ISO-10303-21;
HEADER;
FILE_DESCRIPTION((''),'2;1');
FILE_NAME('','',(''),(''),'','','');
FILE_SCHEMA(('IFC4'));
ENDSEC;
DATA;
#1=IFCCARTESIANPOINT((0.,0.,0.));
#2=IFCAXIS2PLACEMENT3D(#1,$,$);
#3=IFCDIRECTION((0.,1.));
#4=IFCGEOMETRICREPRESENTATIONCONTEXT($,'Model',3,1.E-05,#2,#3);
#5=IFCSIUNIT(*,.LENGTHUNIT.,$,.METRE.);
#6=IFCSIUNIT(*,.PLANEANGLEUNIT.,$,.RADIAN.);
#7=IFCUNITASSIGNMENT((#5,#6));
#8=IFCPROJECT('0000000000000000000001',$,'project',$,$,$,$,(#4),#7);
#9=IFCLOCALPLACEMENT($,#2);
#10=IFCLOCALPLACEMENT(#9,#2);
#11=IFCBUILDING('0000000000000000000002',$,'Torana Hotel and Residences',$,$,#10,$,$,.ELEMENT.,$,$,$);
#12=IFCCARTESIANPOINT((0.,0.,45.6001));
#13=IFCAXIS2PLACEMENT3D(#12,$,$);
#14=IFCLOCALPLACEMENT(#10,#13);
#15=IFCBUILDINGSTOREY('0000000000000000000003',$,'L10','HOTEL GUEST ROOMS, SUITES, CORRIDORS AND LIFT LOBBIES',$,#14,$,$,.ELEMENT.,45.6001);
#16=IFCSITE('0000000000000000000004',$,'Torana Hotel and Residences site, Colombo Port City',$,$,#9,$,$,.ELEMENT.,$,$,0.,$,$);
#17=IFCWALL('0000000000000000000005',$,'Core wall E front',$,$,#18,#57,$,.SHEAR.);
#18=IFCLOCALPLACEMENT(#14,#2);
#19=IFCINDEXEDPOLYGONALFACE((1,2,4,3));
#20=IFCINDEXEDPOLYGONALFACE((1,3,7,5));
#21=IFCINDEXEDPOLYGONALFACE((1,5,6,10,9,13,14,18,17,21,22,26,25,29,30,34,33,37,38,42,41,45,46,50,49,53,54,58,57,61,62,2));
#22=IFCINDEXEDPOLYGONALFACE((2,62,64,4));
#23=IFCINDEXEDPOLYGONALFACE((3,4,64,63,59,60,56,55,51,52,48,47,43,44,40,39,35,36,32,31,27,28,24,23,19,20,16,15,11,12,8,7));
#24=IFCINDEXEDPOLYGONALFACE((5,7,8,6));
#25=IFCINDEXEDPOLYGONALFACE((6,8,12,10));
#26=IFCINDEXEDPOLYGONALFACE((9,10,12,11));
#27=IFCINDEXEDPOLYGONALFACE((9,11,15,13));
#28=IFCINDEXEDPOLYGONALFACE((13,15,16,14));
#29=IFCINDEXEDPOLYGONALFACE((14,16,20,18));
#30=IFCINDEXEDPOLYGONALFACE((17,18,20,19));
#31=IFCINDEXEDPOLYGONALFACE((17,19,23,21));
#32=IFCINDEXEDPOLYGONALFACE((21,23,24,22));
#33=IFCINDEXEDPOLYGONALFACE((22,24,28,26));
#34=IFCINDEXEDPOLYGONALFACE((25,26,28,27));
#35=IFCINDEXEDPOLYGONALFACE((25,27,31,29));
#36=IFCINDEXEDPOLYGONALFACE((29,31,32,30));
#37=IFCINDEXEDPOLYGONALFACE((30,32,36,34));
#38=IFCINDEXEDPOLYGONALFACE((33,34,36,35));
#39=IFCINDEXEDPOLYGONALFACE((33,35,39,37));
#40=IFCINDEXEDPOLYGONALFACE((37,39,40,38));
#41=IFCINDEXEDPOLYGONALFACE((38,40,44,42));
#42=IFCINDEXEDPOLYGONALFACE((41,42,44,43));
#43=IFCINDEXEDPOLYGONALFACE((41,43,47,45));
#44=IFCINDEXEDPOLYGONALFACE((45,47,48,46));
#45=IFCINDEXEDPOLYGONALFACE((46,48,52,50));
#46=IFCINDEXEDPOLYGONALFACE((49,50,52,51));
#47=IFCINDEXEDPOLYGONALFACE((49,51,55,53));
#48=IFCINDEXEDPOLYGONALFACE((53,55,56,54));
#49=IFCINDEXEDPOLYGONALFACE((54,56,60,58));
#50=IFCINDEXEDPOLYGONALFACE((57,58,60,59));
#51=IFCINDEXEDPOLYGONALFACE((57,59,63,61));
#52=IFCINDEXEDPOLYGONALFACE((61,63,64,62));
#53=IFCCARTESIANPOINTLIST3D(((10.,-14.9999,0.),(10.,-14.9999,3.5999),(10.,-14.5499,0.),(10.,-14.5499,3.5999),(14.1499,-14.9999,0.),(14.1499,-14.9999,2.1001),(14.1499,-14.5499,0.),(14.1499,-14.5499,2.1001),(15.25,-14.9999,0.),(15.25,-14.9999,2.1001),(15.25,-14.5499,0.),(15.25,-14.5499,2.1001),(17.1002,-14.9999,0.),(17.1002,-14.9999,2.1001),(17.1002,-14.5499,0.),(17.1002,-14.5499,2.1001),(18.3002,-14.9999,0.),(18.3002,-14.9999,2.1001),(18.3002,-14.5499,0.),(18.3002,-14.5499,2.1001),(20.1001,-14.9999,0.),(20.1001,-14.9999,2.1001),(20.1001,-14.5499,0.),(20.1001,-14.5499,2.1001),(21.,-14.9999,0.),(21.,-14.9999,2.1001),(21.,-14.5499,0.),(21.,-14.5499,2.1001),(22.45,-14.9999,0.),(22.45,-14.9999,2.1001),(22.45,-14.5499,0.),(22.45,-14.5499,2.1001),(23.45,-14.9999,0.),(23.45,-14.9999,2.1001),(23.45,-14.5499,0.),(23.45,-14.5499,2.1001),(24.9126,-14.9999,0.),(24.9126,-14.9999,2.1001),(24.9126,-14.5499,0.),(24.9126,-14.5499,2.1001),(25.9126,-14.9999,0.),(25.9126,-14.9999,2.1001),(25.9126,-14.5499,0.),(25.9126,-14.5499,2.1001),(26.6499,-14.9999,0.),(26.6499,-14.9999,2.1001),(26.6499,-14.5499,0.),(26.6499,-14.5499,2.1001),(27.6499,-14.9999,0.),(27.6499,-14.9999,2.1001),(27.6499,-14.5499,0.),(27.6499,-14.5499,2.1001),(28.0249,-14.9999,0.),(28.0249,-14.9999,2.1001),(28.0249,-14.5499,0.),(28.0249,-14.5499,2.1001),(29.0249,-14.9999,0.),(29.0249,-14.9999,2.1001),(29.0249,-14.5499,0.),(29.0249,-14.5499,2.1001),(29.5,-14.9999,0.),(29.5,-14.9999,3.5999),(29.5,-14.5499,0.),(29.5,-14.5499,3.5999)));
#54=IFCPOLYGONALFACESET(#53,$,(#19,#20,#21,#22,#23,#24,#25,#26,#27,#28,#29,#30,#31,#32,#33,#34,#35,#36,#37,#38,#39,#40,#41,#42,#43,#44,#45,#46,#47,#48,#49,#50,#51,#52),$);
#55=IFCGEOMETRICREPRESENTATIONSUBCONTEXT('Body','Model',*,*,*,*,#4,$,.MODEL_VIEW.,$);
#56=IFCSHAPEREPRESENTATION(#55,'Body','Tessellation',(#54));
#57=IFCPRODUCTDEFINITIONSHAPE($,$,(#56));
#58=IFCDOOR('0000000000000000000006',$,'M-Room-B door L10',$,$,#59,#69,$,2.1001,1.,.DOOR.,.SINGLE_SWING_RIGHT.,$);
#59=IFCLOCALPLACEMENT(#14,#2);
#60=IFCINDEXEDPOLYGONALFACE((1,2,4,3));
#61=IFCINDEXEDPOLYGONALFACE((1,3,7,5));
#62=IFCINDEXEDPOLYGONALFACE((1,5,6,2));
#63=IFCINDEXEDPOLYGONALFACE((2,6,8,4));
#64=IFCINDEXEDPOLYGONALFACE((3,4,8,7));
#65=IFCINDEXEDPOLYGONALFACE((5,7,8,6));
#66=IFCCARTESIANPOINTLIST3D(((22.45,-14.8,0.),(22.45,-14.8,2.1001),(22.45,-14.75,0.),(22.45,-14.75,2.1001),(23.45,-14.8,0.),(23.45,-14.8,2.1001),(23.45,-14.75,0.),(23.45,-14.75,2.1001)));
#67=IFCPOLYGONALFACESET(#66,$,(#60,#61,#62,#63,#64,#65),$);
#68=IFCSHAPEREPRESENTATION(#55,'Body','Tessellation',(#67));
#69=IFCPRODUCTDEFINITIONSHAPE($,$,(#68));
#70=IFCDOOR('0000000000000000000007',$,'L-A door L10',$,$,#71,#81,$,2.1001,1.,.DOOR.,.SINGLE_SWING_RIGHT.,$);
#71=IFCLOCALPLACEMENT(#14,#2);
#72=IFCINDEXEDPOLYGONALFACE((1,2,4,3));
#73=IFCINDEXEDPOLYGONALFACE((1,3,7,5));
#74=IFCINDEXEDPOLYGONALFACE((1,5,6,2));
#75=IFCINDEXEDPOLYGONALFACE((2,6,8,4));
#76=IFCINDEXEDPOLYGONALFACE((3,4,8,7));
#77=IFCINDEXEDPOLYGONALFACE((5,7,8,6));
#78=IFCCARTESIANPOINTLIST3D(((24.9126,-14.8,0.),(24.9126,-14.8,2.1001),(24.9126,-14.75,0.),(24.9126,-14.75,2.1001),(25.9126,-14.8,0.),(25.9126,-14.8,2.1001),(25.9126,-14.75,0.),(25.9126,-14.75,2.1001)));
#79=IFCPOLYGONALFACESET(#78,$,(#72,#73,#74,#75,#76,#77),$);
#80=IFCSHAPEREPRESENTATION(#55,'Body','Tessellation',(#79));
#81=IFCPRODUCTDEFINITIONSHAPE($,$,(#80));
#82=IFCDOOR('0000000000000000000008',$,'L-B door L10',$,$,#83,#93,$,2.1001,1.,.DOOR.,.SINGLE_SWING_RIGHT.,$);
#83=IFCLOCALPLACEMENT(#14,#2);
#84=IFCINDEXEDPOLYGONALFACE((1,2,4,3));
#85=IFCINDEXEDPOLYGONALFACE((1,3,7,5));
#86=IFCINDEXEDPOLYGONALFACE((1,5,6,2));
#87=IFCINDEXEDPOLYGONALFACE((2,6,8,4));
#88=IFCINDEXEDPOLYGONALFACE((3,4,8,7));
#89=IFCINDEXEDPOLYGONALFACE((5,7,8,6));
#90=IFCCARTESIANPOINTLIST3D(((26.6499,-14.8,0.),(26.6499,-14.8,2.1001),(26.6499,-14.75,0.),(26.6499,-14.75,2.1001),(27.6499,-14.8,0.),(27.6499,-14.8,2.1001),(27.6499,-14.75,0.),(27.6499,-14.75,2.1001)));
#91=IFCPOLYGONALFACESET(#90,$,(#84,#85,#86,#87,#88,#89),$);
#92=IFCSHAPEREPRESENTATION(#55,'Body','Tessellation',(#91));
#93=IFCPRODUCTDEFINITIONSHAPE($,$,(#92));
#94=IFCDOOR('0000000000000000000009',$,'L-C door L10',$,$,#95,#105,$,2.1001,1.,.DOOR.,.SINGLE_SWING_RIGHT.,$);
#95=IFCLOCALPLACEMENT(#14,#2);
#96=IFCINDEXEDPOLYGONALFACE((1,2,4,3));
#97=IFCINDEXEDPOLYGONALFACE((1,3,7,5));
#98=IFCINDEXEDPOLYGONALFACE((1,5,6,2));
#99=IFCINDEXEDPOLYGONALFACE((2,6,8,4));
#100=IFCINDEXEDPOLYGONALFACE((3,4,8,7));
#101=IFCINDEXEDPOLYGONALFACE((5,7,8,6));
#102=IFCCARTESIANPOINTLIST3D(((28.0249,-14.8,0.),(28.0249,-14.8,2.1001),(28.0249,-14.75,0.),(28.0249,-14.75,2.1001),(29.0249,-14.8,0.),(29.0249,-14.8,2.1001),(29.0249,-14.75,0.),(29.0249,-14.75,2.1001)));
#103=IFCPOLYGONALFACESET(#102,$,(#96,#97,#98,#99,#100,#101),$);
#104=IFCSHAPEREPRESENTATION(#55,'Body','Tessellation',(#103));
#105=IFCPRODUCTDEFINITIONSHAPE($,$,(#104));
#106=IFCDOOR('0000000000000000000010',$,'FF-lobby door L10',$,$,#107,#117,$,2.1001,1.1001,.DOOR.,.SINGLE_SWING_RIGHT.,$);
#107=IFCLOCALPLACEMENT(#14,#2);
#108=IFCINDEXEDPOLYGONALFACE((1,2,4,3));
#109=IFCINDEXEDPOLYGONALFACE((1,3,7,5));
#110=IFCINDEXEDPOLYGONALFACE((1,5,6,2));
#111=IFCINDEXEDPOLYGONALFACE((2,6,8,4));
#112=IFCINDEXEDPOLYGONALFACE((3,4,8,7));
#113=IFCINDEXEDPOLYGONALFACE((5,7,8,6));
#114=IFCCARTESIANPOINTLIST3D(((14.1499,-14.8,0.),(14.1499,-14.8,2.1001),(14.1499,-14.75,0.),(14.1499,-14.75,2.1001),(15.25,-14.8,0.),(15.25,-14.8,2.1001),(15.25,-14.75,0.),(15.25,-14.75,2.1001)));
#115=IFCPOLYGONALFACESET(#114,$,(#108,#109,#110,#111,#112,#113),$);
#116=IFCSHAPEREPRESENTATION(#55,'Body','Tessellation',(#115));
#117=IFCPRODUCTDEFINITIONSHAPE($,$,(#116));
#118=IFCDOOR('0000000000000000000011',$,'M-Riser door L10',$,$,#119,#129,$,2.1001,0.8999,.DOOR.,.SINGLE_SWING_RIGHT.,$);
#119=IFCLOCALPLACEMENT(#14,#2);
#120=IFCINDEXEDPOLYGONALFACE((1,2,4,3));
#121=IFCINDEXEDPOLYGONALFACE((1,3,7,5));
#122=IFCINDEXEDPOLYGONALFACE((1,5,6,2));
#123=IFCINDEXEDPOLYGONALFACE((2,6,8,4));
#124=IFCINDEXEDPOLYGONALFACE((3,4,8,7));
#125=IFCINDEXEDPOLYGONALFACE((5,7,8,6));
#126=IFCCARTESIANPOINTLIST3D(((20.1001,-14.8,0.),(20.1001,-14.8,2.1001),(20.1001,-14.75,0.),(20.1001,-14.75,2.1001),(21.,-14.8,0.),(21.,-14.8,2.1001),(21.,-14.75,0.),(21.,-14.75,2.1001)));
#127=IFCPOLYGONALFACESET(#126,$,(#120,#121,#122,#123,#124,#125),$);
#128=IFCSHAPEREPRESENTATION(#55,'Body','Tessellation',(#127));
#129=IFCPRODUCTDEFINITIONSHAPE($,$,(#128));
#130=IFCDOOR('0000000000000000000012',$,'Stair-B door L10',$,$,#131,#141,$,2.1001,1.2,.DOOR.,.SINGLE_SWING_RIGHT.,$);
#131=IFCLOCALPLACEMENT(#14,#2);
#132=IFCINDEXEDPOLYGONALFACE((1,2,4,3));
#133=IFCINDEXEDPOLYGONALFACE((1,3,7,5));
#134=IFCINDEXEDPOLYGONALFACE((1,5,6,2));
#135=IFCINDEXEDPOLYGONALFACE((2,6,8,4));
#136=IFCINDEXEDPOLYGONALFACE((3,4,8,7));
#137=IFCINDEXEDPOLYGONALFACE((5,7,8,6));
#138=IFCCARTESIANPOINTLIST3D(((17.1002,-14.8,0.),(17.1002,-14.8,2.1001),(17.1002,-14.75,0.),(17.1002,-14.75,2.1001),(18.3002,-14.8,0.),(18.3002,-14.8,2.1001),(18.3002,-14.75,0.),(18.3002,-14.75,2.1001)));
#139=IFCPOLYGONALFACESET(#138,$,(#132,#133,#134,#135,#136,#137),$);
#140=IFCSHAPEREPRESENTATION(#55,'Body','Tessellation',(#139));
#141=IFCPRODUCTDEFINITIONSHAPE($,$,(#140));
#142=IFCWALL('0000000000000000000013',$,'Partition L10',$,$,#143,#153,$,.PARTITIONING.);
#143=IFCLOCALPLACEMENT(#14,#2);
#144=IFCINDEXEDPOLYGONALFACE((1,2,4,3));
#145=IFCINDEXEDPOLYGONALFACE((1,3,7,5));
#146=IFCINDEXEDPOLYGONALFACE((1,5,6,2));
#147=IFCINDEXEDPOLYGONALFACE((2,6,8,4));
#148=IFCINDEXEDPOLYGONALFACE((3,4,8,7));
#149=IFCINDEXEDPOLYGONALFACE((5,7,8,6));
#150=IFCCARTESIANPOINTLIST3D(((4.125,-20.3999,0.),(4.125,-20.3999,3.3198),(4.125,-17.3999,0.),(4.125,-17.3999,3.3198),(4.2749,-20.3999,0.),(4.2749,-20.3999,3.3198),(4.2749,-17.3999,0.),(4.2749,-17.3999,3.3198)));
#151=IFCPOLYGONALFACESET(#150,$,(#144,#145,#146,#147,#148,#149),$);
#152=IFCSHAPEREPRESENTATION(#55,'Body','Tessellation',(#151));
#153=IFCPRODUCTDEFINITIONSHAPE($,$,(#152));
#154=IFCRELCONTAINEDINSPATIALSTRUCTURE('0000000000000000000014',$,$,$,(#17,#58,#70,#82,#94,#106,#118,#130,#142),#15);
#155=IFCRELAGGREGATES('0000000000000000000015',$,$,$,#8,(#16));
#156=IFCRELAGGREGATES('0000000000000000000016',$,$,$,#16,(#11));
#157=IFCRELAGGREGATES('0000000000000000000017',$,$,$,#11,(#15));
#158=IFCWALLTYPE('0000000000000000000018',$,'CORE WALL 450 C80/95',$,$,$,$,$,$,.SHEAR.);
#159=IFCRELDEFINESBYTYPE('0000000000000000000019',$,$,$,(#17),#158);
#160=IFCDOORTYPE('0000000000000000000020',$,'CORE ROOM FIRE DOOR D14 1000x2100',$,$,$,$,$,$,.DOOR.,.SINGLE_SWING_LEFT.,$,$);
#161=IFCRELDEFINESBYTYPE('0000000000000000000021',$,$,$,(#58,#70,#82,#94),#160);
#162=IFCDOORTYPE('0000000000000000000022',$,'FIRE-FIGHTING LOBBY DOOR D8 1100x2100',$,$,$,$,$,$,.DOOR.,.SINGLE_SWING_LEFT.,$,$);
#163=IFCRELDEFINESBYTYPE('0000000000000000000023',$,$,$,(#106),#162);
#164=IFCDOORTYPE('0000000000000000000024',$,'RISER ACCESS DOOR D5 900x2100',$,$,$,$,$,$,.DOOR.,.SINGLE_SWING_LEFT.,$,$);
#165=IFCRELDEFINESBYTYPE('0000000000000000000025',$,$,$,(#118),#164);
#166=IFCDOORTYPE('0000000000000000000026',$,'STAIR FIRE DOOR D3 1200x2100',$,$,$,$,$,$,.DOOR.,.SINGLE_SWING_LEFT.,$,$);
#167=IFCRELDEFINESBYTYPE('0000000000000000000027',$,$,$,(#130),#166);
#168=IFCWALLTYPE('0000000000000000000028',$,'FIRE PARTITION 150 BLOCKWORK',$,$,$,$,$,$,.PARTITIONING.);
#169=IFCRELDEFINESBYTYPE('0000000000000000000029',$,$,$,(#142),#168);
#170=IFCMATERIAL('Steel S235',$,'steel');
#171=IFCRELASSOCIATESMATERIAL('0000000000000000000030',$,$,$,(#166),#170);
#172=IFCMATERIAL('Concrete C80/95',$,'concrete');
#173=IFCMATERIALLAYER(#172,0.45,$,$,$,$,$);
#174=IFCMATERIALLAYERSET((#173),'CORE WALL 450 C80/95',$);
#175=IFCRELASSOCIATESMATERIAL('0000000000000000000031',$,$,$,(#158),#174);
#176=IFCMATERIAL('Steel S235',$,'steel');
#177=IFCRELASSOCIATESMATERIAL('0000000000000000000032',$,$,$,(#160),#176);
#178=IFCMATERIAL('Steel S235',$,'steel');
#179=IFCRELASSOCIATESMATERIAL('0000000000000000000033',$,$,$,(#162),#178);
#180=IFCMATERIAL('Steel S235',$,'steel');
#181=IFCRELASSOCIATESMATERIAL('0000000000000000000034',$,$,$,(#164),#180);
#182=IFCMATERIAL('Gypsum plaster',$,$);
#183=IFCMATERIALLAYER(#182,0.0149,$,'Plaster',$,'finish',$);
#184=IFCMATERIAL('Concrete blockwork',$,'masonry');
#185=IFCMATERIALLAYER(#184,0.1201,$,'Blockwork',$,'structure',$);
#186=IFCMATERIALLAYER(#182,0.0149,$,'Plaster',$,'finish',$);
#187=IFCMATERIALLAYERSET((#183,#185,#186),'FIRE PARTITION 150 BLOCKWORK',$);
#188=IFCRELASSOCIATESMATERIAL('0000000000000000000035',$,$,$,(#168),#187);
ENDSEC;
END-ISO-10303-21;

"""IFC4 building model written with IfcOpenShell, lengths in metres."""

from ifc_helpers import new_model, si_unit, direction, frame, frame_2d, origin, place, context, subcontext, project, spatial, rectangle, extrude, material, layer, layer_set, type_object, element, fill, save


model = new_model("IFC4")

# Units and contexts
model_context = context("Model", 3, precision=1e-05, world=origin(), true_north=direction((0.0, 1.0)))
body_context = subcontext(model_context, "Body", "Model", "MODEL_VIEW")
ifc_project = project(units=[si_unit("LENGTHUNIT", "METRE"), si_unit("PLANEANGLEUNIT", "RADIAN")], contexts=[model_context])

# Site, building, storey
site_placement = place(None, origin())
site = spatial("IfcSite", under=ifc_project, at=site_placement, Name="Torana Hotel and Residences site, Colombo Port City", CompositionType="ELEMENT", RefElevation=0.0)
building_placement = place(site_placement, origin())
building = spatial("IfcBuilding", under=site, at=building_placement, Name="Torana Hotel and Residences", CompositionType="ELEMENT")
storey_placement = place(building_placement, frame((0.0, 0.0, 45.6001)))
storey = spatial("IfcBuildingStorey", under=building, at=storey_placement, Name="L10", Description="HOTEL GUEST ROOMS, SUITES, CORRIDORS AND LIFT LOBBIES", CompositionType="ELEMENT", Elevation=45.6001)

# Wall, openings, doors
ifc_material_1 = material(Name="Steel S235", Category="steel")
door_type_1 = type_object("IfcDoorType", Name="STAIR FIRE DOOR D3 1200x2100", OperationType="SINGLE_SWING_LEFT", PredefinedType="DOOR", material=ifc_material_1)
ifc_material_2 = material(Name="Concrete C80/95", Category="concrete")
ifc_layer_1 = layer(ifc_material_2, 0.45)
ifc_layer_set_1 = layer_set([ifc_layer_1], Name="CORE WALL 450 C80/95")
wall_type_1 = type_object("IfcWallType", Name="CORE WALL 450 C80/95", PredefinedType="SHEAR", material=ifc_layer_set_1)
wall_1_placement = place(storey_placement, frame((10.0, -14.7749, 0.0), z_axis=(0.0, 0.0, 1.0), x_axis=(1.0, 0.0, 0.0)))
wall_1 = element("IfcWall", 1, at=wall_1_placement, inside=storey, type_object=wall_type_1, Name="Core wall E front", PredefinedType="SHEAR", context=body_context, shape_type="SweptSolid", body=[
    extrude(rectangle(XDim=19.5, YDim=0.45, at=frame_2d((9.75, 0.0))), origin(), (0.0, 0.0, 1.0), 3.5999),
])
opening_1_placement = place(wall_1_placement, frame((7.1001, 0.0, 0.0)))
opening_1 = element("IfcOpeningElement", 2, at=opening_1_placement, cuts=wall_1, PredefinedType="OPENING", context=body_context, shape_type="SweptSolid", body=[
    extrude(rectangle(XDim=1.2, YDim=2.1001, at=frame_2d((0.6001, 1.05))), frame((0.0, 0.2349, 0.0), z_axis=(0.0, -1.0, 0.0), x_axis=(1.0, 0.0, 0.0)), (0.0, 0.0, 1.0), 0.47),
])
opening_2_placement = place(wall_1_placement, frame((4.1499, 0.0, 0.0)))
opening_2 = element("IfcOpeningElement", 3, at=opening_2_placement, cuts=wall_1, PredefinedType="OPENING", context=body_context, shape_type="SweptSolid", body=[
    extrude(rectangle(XDim=1.1001, YDim=2.1001, at=frame_2d((0.55, 1.05))), frame((0.0, 0.2349, 0.0), z_axis=(0.0, -1.0, 0.0), x_axis=(1.0, 0.0, 0.0)), (0.0, 0.0, 1.0), 0.47),
])
opening_3_placement = place(wall_1_placement, frame((10.1001, 0.0, 0.0)))
opening_3 = element("IfcOpeningElement", 4, at=opening_3_placement, cuts=wall_1, PredefinedType="OPENING", context=body_context, shape_type="SweptSolid", body=[
    extrude(rectangle(XDim=0.8999, YDim=2.1001, at=frame_2d((0.45, 1.05))), frame((0.0, 0.2349, 0.0), z_axis=(0.0, -1.0, 0.0), x_axis=(1.0, 0.0, 0.0)), (0.0, 0.0, 1.0), 0.47),
])
opening_4_placement = place(wall_1_placement, frame((12.45, 0.0, 0.0)))
opening_4 = element("IfcOpeningElement", 5, at=opening_4_placement, cuts=wall_1, PredefinedType="OPENING", context=body_context, shape_type="SweptSolid", body=[
    extrude(rectangle(XDim=1.0, YDim=2.1001, at=frame_2d((0.5, 1.05))), frame((0.0, 0.2349, 0.0), z_axis=(0.0, -1.0, 0.0), x_axis=(1.0, 0.0, 0.0)), (0.0, 0.0, 1.0), 0.47),
])
opening_5_placement = place(wall_1_placement, frame((14.9126, 0.0, 0.0)))
opening_5 = element("IfcOpeningElement", 6, at=opening_5_placement, cuts=wall_1, PredefinedType="OPENING", context=body_context, shape_type="SweptSolid", body=[
    extrude(rectangle(XDim=1.0, YDim=2.1001, at=frame_2d((0.5, 1.05))), frame((0.0, 0.2349, 0.0), z_axis=(0.0, -1.0, 0.0), x_axis=(1.0, 0.0, 0.0)), (0.0, 0.0, 1.0), 0.47),
])
opening_6_placement = place(wall_1_placement, frame((16.6499, 0.0, 0.0)))
opening_6 = element("IfcOpeningElement", 7, at=opening_6_placement, cuts=wall_1, PredefinedType="OPENING", context=body_context, shape_type="SweptSolid", body=[
    extrude(rectangle(XDim=1.0, YDim=2.1001, at=frame_2d((0.5, 1.05))), frame((0.0, 0.2349, 0.0), z_axis=(0.0, -1.0, 0.0), x_axis=(1.0, 0.0, 0.0)), (0.0, 0.0, 1.0), 0.47),
])
opening_7_placement = place(wall_1_placement, frame((18.0249, 0.0, 0.0)))
opening_7 = element("IfcOpeningElement", 8, at=opening_7_placement, cuts=wall_1, PredefinedType="OPENING", context=body_context, shape_type="SweptSolid", body=[
    extrude(rectangle(XDim=1.0, YDim=2.1001, at=frame_2d((0.5, 1.05))), frame((0.0, 0.2349, 0.0), z_axis=(0.0, -1.0, 0.0), x_axis=(1.0, 0.0, 0.0)), (0.0, 0.0, 1.0), 0.47),
])
ifc_material_3 = material(Name="Steel S235", Category="steel")
door_type_2 = type_object("IfcDoorType", Name="CORE ROOM FIRE DOOR D14 1000x2100", OperationType="SINGLE_SWING_LEFT", PredefinedType="DOOR", material=ifc_material_3)
door_1_placement = place(opening_4_placement, origin())
door_1 = element("IfcDoor", 9, at=door_1_placement, inside=storey, type_object=door_type_2, Name="M-Room-B door L10", OperationType="SINGLE_SWING_RIGHT", OverallHeight=2.1001, OverallWidth=1.0, PredefinedType="DOOR", context=body_context, shape_type="SweptSolid", body=[
    extrude(rectangle(XDim=1.0, YDim=2.1001, at=frame_2d((0.5, 1.05))), frame((0.0, 0.0249, 0.0), z_axis=(0.0, -1.0, 0.0), x_axis=(1.0, 0.0, 0.0)), (0.0, 0.0, 1.0), 0.05),
])
fill(opening_4, door_1)
door_2_placement = place(opening_5_placement, origin())
door_2 = element("IfcDoor", 10, at=door_2_placement, inside=storey, type_object=door_type_2, Name="L-A door L10", OperationType="SINGLE_SWING_RIGHT", OverallHeight=2.1001, OverallWidth=1.0, PredefinedType="DOOR", context=body_context, shape_type="SweptSolid", body=[
    extrude(rectangle(XDim=1.0, YDim=2.1001, at=frame_2d((0.5, 1.05))), frame((0.0, 0.0249, 0.0), z_axis=(0.0, -1.0, 0.0), x_axis=(1.0, 0.0, 0.0)), (0.0, 0.0, 1.0), 0.05),
])
fill(opening_5, door_2)
door_3_placement = place(opening_6_placement, origin())
door_3 = element("IfcDoor", 11, at=door_3_placement, inside=storey, type_object=door_type_2, Name="L-B door L10", OperationType="SINGLE_SWING_RIGHT", OverallHeight=2.1001, OverallWidth=1.0, PredefinedType="DOOR", context=body_context, shape_type="SweptSolid", body=[
    extrude(rectangle(XDim=1.0, YDim=2.1001, at=frame_2d((0.5, 1.05))), frame((0.0, 0.0249, 0.0), z_axis=(0.0, -1.0, 0.0), x_axis=(1.0, 0.0, 0.0)), (0.0, 0.0, 1.0), 0.05),
])
fill(opening_6, door_3)
door_4_placement = place(opening_7_placement, origin())
door_4 = element("IfcDoor", 12, at=door_4_placement, inside=storey, type_object=door_type_2, Name="L-C door L10", OperationType="SINGLE_SWING_RIGHT", OverallHeight=2.1001, OverallWidth=1.0, PredefinedType="DOOR", context=body_context, shape_type="SweptSolid", body=[
    extrude(rectangle(XDim=1.0, YDim=2.1001, at=frame_2d((0.5, 1.05))), frame((0.0, 0.0249, 0.0), z_axis=(0.0, -1.0, 0.0), x_axis=(1.0, 0.0, 0.0)), (0.0, 0.0, 1.0), 0.05),
])
fill(opening_7, door_4)
ifc_material_4 = material(Name="Steel S235", Category="steel")
door_type_3 = type_object("IfcDoorType", Name="FIRE-FIGHTING LOBBY DOOR D8 1100x2100", OperationType="SINGLE_SWING_LEFT", PredefinedType="DOOR", material=ifc_material_4)
door_5_placement = place(opening_2_placement, origin())
door_5 = element("IfcDoor", 13, at=door_5_placement, inside=storey, type_object=door_type_3, Name="FF-lobby door L10", OperationType="SINGLE_SWING_RIGHT", OverallHeight=2.1001, OverallWidth=1.1001, PredefinedType="DOOR", context=body_context, shape_type="SweptSolid", body=[
    extrude(rectangle(XDim=1.1001, YDim=2.1001, at=frame_2d((0.55, 1.05))), frame((0.0, 0.0249, 0.0), z_axis=(0.0, -1.0, 0.0), x_axis=(1.0, 0.0, 0.0)), (0.0, 0.0, 1.0), 0.05),
])
fill(opening_2, door_5)
ifc_material_5 = material(Name="Steel S235", Category="steel")
door_type_4 = type_object("IfcDoorType", Name="RISER ACCESS DOOR D5 900x2100", OperationType="SINGLE_SWING_LEFT", PredefinedType="DOOR", material=ifc_material_5)
door_6_placement = place(opening_3_placement, origin())
door_6 = element("IfcDoor", 14, at=door_6_placement, inside=storey, type_object=door_type_4, Name="M-Riser door L10", OperationType="SINGLE_SWING_RIGHT", OverallHeight=2.1001, OverallWidth=0.8999, PredefinedType="DOOR", context=body_context, shape_type="SweptSolid", body=[
    extrude(rectangle(XDim=0.8999, YDim=2.1001, at=frame_2d((0.45, 1.05))), frame((0.0, 0.0249, 0.0), z_axis=(0.0, -1.0, 0.0), x_axis=(1.0, 0.0, 0.0)), (0.0, 0.0, 1.0), 0.05),
])
fill(opening_3, door_6)
door_7_placement = place(opening_1_placement, origin())
door_7 = element("IfcDoor", 15, at=door_7_placement, inside=storey, type_object=door_type_1, Name="Stair-B door L10", OperationType="SINGLE_SWING_RIGHT", OverallHeight=2.1001, OverallWidth=1.2, PredefinedType="DOOR", context=body_context, shape_type="SweptSolid", body=[
    extrude(rectangle(XDim=1.2, YDim=2.1001, at=frame_2d((0.6001, 1.05))), frame((0.0, 0.0249, 0.0), z_axis=(0.0, -1.0, 0.0), x_axis=(1.0, 0.0, 0.0)), (0.0, 0.0, 1.0), 0.05),
])
fill(opening_1, door_7)

# Wall
ifc_material_6 = material(Name="Gypsum plaster")
ifc_layer_2 = layer(ifc_material_6, 0.0149, Name="Plaster", Category="finish")
ifc_material_7 = material(Name="Concrete blockwork", Category="masonry")
ifc_layer_3 = layer(ifc_material_7, 0.1201, Name="Blockwork", Category="structure")
ifc_layer_4 = layer(ifc_material_6, 0.0149, Name="Plaster", Category="finish")
ifc_layer_set_2 = layer_set([ifc_layer_2, ifc_layer_3, ifc_layer_4], Name="FIRE PARTITION 150 BLOCKWORK")
wall_type_2 = type_object("IfcWallType", Name="FIRE PARTITION 150 BLOCKWORK", PredefinedType="PARTITIONING", material=ifc_layer_set_2)
wall_2_placement = place(storey_placement, frame((4.2, -20.3999, 0.0), z_axis=(0.0, 0.0, 1.0), x_axis=(0.0, 1.0, 0.0)))
element("IfcWall", 16, at=wall_2_placement, inside=storey, type_object=wall_type_2, Name="Partition L10", PredefinedType="PARTITIONING", context=body_context, shape_type="SweptSolid", body=[
    extrude(rectangle(XDim=3.0, YDim=0.1499, at=frame_2d((1.5, 0.0))), origin(), (0.0, 0.0, 1.0), 3.3198),
])

save(model, "model.ifc")
